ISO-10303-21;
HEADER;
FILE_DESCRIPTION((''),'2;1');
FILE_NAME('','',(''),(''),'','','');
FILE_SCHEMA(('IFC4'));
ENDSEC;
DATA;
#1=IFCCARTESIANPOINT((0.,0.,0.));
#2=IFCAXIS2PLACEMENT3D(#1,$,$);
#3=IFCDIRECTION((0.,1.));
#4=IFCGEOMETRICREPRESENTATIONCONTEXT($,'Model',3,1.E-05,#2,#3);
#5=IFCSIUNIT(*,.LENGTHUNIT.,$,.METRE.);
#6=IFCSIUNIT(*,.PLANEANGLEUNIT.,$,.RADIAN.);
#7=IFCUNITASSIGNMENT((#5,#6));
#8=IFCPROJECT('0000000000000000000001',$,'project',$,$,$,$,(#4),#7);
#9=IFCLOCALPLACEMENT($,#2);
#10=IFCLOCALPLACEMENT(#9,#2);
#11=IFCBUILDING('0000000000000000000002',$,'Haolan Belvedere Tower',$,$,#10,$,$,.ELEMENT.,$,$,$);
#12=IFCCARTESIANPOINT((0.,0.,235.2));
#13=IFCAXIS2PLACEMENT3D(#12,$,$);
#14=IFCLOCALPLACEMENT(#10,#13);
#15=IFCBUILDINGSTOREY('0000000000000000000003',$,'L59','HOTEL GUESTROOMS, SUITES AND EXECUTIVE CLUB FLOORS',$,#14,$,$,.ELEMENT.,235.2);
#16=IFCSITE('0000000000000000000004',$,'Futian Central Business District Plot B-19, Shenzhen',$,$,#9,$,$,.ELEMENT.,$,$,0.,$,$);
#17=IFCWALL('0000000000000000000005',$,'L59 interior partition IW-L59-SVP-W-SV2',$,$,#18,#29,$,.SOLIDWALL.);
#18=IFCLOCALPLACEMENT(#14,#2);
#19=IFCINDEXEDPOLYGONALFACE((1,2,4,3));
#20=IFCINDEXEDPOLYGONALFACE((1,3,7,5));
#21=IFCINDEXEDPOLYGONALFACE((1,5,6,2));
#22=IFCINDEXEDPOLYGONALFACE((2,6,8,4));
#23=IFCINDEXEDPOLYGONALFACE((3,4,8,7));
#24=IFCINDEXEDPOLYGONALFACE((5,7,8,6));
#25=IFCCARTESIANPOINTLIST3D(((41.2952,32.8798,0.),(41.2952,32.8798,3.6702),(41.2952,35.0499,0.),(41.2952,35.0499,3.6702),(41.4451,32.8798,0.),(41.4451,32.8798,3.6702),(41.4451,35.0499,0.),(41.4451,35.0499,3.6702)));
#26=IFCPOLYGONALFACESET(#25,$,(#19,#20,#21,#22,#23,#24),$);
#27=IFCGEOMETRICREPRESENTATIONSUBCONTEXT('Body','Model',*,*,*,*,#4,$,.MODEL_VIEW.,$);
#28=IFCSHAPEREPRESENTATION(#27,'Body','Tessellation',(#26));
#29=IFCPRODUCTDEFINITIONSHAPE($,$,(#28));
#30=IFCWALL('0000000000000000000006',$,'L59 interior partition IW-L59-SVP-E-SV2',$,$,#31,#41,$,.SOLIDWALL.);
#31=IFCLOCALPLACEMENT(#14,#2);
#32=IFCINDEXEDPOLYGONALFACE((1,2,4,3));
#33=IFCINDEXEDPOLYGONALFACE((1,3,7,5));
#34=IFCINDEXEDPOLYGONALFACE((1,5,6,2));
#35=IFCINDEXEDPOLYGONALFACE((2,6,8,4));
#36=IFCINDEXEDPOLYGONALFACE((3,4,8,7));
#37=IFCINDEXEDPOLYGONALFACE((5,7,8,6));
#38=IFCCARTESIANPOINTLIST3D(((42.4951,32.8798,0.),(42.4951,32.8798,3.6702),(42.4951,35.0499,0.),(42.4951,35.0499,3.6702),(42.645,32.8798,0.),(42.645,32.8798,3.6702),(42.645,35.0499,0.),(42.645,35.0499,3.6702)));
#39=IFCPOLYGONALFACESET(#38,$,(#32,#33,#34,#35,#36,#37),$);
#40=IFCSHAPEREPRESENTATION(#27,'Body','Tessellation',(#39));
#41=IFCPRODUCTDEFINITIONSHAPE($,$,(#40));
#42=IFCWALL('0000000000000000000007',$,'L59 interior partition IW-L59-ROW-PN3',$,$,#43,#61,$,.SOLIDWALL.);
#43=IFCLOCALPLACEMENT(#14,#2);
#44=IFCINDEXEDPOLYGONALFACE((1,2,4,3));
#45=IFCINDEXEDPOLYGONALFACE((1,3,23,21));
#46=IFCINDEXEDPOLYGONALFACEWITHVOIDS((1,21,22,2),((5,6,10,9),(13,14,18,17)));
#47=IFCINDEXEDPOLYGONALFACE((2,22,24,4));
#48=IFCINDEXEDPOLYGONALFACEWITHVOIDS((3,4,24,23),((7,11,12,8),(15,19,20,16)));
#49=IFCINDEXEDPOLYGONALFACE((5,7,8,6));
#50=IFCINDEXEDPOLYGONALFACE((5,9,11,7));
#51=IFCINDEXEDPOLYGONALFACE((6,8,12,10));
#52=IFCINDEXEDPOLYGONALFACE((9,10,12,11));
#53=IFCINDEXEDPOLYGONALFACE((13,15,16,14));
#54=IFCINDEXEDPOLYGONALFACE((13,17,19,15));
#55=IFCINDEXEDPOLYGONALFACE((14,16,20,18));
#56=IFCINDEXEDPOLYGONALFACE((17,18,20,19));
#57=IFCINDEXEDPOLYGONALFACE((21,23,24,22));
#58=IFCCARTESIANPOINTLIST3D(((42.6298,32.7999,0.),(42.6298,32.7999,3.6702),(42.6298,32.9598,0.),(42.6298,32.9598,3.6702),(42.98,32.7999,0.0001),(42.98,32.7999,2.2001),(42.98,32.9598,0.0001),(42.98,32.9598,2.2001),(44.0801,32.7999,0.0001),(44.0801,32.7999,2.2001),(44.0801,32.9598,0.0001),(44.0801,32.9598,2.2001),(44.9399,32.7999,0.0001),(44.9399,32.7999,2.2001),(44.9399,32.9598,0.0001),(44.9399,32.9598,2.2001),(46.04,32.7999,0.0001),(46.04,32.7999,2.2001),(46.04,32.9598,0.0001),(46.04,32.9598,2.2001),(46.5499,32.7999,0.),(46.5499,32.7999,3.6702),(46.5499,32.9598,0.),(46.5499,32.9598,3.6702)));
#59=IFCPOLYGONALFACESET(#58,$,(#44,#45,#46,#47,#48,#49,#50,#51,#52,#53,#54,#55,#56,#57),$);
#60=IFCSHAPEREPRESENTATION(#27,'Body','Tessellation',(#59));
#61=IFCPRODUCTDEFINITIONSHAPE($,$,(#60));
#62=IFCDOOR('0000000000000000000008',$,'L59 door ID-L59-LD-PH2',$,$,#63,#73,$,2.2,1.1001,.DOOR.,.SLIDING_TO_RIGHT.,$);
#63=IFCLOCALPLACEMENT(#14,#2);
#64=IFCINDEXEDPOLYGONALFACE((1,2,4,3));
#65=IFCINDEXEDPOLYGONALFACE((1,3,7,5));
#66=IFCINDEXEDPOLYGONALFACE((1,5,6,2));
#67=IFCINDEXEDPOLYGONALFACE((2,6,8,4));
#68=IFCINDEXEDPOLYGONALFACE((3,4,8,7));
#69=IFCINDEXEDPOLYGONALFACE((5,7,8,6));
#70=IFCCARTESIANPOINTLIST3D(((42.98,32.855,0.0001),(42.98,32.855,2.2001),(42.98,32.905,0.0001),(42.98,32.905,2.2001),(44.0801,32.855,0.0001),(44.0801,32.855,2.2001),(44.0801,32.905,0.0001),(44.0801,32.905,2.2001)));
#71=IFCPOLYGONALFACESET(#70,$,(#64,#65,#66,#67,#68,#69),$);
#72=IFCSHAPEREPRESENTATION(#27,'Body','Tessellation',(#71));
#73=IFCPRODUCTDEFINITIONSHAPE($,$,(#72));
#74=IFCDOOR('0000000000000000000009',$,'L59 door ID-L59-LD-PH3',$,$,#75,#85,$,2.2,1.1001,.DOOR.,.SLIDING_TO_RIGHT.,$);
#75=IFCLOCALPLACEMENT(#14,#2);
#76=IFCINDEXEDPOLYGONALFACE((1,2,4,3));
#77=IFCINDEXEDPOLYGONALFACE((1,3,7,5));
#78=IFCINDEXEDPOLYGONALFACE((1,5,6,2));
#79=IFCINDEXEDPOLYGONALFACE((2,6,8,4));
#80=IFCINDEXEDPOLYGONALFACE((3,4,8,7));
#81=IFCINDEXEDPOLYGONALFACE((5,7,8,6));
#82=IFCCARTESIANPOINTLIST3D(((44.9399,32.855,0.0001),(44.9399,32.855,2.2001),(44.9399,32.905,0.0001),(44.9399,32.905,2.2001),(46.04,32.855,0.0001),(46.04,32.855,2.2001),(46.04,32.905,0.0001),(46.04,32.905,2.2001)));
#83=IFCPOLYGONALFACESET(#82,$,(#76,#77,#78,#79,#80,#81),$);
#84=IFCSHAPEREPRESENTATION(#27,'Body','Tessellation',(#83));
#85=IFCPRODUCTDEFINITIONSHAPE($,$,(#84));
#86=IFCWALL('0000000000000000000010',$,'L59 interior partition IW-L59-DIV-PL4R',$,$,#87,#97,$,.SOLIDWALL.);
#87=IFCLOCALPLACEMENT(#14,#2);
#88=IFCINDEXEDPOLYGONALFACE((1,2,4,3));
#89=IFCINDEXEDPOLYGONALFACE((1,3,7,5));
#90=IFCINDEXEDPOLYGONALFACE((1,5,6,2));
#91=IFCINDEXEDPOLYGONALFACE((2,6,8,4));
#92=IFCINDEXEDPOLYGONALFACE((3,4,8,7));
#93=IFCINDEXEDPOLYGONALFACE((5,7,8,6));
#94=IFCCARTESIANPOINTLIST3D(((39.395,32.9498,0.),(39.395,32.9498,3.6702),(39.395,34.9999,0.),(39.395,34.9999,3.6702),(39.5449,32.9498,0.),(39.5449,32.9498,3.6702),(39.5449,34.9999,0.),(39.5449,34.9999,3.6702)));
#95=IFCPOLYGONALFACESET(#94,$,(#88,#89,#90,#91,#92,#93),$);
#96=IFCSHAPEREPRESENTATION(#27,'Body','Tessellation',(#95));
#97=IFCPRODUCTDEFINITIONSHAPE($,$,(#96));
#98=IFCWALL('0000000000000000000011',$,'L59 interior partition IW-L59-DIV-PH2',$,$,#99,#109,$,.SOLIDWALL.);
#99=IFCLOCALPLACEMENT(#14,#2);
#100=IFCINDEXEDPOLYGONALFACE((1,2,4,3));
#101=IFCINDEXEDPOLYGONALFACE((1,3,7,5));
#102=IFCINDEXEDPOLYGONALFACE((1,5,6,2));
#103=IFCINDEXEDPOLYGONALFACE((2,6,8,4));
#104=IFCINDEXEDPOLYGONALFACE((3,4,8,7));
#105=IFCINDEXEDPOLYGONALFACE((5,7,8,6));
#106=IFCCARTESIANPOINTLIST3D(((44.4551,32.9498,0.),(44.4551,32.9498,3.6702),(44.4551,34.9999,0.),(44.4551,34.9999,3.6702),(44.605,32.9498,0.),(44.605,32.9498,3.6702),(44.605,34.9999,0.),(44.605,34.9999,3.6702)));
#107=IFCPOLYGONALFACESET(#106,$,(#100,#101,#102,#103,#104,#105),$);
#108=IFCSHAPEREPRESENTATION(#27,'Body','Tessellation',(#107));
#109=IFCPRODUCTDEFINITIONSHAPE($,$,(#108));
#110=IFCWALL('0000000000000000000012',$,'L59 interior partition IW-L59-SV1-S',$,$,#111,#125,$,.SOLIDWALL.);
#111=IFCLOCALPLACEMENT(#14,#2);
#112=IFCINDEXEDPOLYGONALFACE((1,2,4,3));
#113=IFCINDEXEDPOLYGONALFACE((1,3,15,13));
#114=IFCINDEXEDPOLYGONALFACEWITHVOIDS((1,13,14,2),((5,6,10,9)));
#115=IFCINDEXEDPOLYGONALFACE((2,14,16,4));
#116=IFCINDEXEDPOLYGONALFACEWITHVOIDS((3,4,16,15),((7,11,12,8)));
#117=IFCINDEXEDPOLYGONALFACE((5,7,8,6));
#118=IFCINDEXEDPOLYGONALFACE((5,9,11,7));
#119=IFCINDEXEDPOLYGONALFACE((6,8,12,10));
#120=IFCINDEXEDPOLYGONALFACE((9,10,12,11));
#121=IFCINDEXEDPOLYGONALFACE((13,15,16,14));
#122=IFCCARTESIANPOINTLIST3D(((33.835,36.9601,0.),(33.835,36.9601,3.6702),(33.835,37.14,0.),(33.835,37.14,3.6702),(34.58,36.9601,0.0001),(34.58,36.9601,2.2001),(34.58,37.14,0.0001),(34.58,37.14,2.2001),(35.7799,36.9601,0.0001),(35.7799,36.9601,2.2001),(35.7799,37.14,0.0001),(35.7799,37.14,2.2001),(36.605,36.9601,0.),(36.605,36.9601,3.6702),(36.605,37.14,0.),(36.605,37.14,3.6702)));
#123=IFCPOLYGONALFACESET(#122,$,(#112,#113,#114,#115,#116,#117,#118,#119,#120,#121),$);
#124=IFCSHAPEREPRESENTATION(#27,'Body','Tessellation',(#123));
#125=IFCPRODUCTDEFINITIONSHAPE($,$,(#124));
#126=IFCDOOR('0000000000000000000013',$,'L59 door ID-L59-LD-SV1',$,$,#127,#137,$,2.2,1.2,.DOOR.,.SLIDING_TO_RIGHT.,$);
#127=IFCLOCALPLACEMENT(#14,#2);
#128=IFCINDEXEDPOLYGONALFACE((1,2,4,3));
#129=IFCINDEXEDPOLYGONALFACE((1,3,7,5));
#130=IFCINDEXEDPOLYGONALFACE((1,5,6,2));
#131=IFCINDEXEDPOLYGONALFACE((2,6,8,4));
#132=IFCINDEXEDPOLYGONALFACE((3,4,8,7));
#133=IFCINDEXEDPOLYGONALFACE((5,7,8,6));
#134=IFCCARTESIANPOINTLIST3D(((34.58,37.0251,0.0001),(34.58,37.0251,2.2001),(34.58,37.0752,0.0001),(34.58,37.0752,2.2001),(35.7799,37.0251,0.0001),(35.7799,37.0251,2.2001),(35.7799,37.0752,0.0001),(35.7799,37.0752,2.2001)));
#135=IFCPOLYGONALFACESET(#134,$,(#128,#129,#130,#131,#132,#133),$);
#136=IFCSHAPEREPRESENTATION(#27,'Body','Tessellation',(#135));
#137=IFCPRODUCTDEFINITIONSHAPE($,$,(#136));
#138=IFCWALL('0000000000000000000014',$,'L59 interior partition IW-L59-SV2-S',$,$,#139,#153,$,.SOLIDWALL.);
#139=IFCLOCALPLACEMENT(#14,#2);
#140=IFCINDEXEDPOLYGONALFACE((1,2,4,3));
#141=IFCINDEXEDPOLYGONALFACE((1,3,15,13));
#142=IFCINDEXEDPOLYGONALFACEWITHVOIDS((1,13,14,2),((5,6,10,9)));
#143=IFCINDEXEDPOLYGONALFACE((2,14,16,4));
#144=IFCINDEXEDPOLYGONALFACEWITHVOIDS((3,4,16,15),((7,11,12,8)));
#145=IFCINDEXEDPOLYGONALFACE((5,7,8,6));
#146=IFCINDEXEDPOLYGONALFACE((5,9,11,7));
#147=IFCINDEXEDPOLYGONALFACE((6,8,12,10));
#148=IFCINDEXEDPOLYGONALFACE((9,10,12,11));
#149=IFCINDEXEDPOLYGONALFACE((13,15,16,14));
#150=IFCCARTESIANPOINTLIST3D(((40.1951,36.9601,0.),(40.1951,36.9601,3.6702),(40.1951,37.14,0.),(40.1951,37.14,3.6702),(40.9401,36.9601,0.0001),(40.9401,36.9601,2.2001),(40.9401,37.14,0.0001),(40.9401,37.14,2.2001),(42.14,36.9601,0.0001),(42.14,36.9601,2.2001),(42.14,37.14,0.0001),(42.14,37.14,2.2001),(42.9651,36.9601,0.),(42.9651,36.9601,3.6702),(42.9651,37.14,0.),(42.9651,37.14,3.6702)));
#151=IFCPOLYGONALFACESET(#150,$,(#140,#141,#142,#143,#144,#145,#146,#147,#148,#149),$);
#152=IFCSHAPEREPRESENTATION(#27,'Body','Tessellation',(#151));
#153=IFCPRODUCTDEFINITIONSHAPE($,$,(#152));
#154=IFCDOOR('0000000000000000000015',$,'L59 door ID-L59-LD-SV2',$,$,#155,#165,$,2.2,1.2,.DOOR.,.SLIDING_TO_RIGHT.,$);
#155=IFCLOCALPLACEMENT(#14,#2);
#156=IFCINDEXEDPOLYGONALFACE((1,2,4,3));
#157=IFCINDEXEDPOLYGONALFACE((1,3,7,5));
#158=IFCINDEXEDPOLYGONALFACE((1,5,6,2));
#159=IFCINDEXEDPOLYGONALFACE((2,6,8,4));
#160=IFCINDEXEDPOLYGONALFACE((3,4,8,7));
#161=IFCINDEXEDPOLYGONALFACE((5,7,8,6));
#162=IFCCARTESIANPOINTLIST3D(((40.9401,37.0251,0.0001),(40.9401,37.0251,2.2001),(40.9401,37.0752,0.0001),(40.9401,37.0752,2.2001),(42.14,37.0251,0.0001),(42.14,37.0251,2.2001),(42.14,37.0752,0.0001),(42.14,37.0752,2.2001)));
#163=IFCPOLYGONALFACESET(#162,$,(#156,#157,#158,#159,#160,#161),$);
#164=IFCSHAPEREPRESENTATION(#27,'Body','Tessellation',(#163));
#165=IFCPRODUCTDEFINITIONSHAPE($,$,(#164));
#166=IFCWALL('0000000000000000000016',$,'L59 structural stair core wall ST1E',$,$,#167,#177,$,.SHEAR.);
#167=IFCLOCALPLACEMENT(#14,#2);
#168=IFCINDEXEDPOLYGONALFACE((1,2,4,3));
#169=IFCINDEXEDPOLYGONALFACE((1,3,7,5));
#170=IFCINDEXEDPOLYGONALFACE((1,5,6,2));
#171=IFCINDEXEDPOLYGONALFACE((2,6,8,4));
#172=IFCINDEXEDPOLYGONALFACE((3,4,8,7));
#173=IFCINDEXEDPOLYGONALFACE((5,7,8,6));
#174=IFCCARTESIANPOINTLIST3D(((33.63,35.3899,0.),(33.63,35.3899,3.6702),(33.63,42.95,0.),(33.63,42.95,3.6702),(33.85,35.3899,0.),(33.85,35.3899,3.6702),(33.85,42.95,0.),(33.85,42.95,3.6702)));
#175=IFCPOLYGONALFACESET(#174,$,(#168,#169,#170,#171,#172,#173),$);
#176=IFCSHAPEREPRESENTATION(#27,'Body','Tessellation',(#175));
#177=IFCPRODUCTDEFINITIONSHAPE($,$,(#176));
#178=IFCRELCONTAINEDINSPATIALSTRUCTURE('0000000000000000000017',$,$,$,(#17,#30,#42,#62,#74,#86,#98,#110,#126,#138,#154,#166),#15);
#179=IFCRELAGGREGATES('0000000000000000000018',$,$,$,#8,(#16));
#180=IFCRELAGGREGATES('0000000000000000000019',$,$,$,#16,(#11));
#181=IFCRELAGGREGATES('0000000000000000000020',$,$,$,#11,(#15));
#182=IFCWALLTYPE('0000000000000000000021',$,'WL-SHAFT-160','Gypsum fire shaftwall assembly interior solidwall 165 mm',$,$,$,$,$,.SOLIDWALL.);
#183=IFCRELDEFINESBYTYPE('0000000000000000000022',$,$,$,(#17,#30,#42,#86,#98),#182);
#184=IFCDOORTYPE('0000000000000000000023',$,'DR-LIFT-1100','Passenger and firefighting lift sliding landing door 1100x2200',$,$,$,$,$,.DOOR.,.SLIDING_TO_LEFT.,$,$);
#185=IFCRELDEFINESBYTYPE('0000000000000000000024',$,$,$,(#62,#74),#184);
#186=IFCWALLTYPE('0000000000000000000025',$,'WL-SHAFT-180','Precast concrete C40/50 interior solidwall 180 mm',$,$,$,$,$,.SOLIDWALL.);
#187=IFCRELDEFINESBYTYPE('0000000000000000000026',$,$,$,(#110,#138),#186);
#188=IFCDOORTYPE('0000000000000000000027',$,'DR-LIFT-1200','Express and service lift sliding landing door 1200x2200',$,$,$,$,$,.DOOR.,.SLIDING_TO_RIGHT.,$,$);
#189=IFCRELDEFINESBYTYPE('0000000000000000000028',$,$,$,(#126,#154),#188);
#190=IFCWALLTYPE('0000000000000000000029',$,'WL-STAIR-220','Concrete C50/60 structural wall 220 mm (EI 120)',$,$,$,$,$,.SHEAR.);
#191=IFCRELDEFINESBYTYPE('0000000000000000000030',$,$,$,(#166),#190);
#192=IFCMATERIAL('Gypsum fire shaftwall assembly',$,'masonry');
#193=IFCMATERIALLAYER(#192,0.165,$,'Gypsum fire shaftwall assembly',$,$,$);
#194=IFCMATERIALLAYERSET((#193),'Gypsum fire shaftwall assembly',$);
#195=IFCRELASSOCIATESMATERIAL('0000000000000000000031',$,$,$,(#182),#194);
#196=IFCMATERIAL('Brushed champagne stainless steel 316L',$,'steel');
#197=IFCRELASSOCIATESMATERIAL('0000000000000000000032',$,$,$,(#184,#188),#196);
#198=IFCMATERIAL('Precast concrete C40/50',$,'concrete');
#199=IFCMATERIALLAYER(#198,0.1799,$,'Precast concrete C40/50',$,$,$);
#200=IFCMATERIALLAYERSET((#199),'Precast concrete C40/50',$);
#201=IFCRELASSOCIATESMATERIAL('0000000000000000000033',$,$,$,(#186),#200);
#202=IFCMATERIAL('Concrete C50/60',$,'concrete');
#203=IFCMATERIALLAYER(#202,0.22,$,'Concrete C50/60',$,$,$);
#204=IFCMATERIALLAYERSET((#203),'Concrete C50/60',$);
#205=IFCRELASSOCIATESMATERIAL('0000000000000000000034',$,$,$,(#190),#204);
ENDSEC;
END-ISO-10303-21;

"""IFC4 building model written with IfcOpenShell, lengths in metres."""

from ifc_helpers import new_model, si_unit, direction, frame, frame_2d, origin, place, context, subcontext, project, spatial, rectangle, extrude, material, layer, layer_set, type_object, element, fill, save


model = new_model("IFC4")

# Units and contexts
model_context = context("Model", 3, precision=1e-05, world=origin(), true_north=direction((0.0, 1.0)))
body_context = subcontext(model_context, "Body", "Model", "MODEL_VIEW")
ifc_project = project(units=[si_unit("LENGTHUNIT", "METRE"), si_unit("PLANEANGLEUNIT", "RADIAN")], contexts=[model_context])

# Site, building, storey
site_placement = place(None, origin())
site = spatial("IfcSite", under=ifc_project, at=site_placement, Name="Futian Central Business District Plot B-19, Shenzhen", CompositionType="ELEMENT", RefElevation=0.0)
building_placement = place(site_placement, origin())
building = spatial("IfcBuilding", under=site, at=building_placement, Name="Haolan Belvedere Tower", CompositionType="ELEMENT")
storey_placement = place(building_placement, frame((0.0, 0.0, 235.2)))
storey = spatial("IfcBuildingStorey", under=building, at=storey_placement, Name="L59", Description="HOTEL GUESTROOMS, SUITES AND EXECUTIVE CLUB FLOORS", CompositionType="ELEMENT", Elevation=235.2)

# Walls
ifc_material_1 = material(Name="Gypsum fire shaftwall assembly", Category="masonry")
ifc_layer_1 = layer(ifc_material_1, 0.165, Name="Gypsum fire shaftwall assembly")
ifc_layer_set_1 = layer_set([ifc_layer_1], Name="Gypsum fire shaftwall assembly")
wall_type_1 = type_object("IfcWallType", Name="WL-SHAFT-160", Description="Gypsum fire shaftwall assembly interior solidwall 165 mm", PredefinedType="SOLIDWALL", material=ifc_layer_set_1)
for number, where, z_axis, x_axis, name in (
    (1, (41.3701, 32.8799, 0.0), (0.0, 0.0, 1.0), (0.0, 1.0, 0.0), "L59 interior partition IW-L59-SVP-W-SV2"),
    (2, (42.5701, 32.8799, 0.0), (0.0, 0.0, 1.0), (0.0, 1.0, 0.0), "L59 interior partition IW-L59-SVP-E-SV2"),
):
    element("IfcWall", number, at=place(storey_placement, frame(where, z_axis=z_axis, x_axis=x_axis)), inside=storey, type_object=wall_type_1, Name=name, PredefinedType="SOLIDWALL", context=body_context, shape_type="SweptSolid", body=[
        extrude(rectangle(XDim=2.1702, YDim=0.1499, at=frame_2d((1.085, 0.0))), origin(), (0.0, 0.0, 1.0), 3.6702),
    ])

# Wall, openings, doors
wall_1_placement = place(storey_placement, frame((42.6299, 32.8799, 0.0), z_axis=(0.0, 0.0, 1.0), x_axis=(1.0, 0.0, 0.0)))
wall_1 = element("IfcWall", 3, at=wall_1_placement, inside=storey, type_object=wall_type_1, Name="L59 interior partition IW-L59-ROW-PN3", PredefinedType="SOLIDWALL", context=body_context, shape_type="SweptSolid", body=[
    extrude(rectangle(XDim=3.9202, YDim=0.1599, at=frame_2d((1.96, 0.0))), origin(), (0.0, 0.0, 1.0), 3.6702),
])
opening_1_placement = place(wall_1_placement, frame((1.4502, 0.0, 0.0), z_axis=(0.0, 0.0, 1.0), x_axis=(-1.0, 0.0, 0.0)))
opening_1 = element("IfcOpeningElement", 4, at=opening_1_placement, cuts=wall_1, PredefinedType="OPENING", context=body_context, shape_type="SweptSolid", body=[
    extrude(rectangle(XDim=1.1001, YDim=2.2, at=frame_2d((0.55, 1.1001))), frame((0.0, 0.0898, 0.0), z_axis=(0.0, -1.0, 0.0), x_axis=(1.0, 0.0, 0.0)), (0.0, 0.0, 1.0), 0.1799),
])
opening_2_placement = place(wall_1_placement, frame((3.4102, 0.0, 0.0), z_axis=(0.0, 0.0, 1.0), x_axis=(-1.0, 0.0, 0.0)))
opening_2 = element("IfcOpeningElement", 5, at=opening_2_placement, cuts=wall_1, PredefinedType="OPENING", context=body_context, shape_type="SweptSolid", body=[
    extrude(rectangle(XDim=1.1001, YDim=2.2, at=frame_2d((0.55, 1.1001))), frame((0.0, 0.0898, 0.0), z_axis=(0.0, -1.0, 0.0), x_axis=(1.0, 0.0, 0.0)), (0.0, 0.0, 1.0), 0.1799),
])
ifc_material_2 = material(Name="Brushed champagne stainless steel 316L", Category="steel")
door_type_1 = type_object("IfcDoorType", Name="DR-LIFT-1100", Description="Passenger and firefighting lift sliding landing door 1100x2200", OperationType="SLIDING_TO_LEFT", PredefinedType="DOOR", material=ifc_material_2)
door_1_placement = place(opening_1_placement, origin())
door_1 = element("IfcDoor", 6, at=door_1_placement, inside=storey, type_object=door_type_1, Name="L59 door ID-L59-LD-PH2", OperationType="SLIDING_TO_RIGHT", OverallHeight=2.2, OverallWidth=1.1001, PredefinedType="DOOR", context=body_context, shape_type="SweptSolid", body=[
    extrude(rectangle(XDim=1.1001, YDim=2.2, at=frame_2d((0.55, 1.1001))), frame((0.0, 0.0249, 0.0), z_axis=(0.0, -1.0, 0.0), x_axis=(1.0, 0.0, 0.0)), (0.0, 0.0, 1.0), 0.05),
])
fill(opening_1, door_1)
door_2_placement = place(opening_2_placement, origin())
door_2 = element("IfcDoor", 7, at=door_2_placement, inside=storey, type_object=door_type_1, Name="L59 door ID-L59-LD-PH3", OperationType="SLIDING_TO_RIGHT", OverallHeight=2.2, OverallWidth=1.1001, PredefinedType="DOOR", context=body_context, shape_type="SweptSolid", body=[
    extrude(rectangle(XDim=1.1001, YDim=2.2, at=frame_2d((0.55, 1.1001))), frame((0.0, 0.0249, 0.0), z_axis=(0.0, -1.0, 0.0), x_axis=(1.0, 0.0, 0.0)), (0.0, 0.0, 1.0), 0.05),
])
fill(opening_2, door_2)

# Walls
for number, where, z_axis, x_axis, name in (
    (8, (39.47, 32.95, 0.0), (0.0, 0.0, 1.0), (0.0, 1.0, 0.0), "L59 interior partition IW-L59-DIV-PL4R"),
    (9, (44.53, 32.95, 0.0), (0.0, 0.0, 1.0), (0.0, 1.0, 0.0), "L59 interior partition IW-L59-DIV-PH2"),
):
    element("IfcWall", number, at=place(storey_placement, frame(where, z_axis=z_axis, x_axis=x_axis)), inside=storey, type_object=wall_type_1, Name=name, PredefinedType="SOLIDWALL", context=body_context, shape_type="SweptSolid", body=[
        extrude(rectangle(XDim=2.05, YDim=0.1499, at=frame_2d((1.0249, 0.0))), origin(), (0.0, 0.0, 1.0), 3.6702),
    ])

# Walls, openings, doors
ifc_material_3 = material(Name="Precast concrete C40/50", Category="concrete")
ifc_layer_2 = layer(ifc_material_3, 0.1799, Name="Precast concrete C40/50")
ifc_layer_set_2 = layer_set([ifc_layer_2], Name="Precast concrete C40/50")
wall_type_2 = type_object("IfcWallType", Name="WL-SHAFT-180", Description="Precast concrete C40/50 interior solidwall 180 mm", PredefinedType="SOLIDWALL", material=ifc_layer_set_2)
wall_2_placement = place(storey_placement, frame((33.835, 37.05, 0.0), z_axis=(0.0, 0.0, 1.0), x_axis=(1.0, 0.0, 0.0)))
wall_2 = element("IfcWall", 10, at=wall_2_placement, inside=storey, type_object=wall_type_2, Name="L59 interior partition IW-L59-SV1-S", PredefinedType="SOLIDWALL", context=body_context, shape_type="SweptSolid", body=[
    extrude(rectangle(XDim=2.77, YDim=0.1799, at=frame_2d((1.385, 0.0))), origin(), (0.0, 0.0, 1.0), 3.6702),
])
opening_3_placement = place(wall_2_placement, frame((1.9451, 0.0, 0.0), z_axis=(0.0, 0.0, 1.0), x_axis=(-1.0, 0.0, 0.0)))
opening_3 = element("IfcOpeningElement", 11, at=opening_3_placement, cuts=wall_2, PredefinedType="OPENING", context=body_context, shape_type="SweptSolid", body=[
    extrude(rectangle(XDim=1.2, YDim=2.2, at=frame_2d((0.6001, 1.1001))), frame((0.0, 0.0999, 0.0), z_axis=(0.0, -1.0, 0.0), x_axis=(1.0, 0.0, 0.0)), (0.0, 0.0, 1.0), 0.2),
])
door_type_2 = type_object("IfcDoorType", Name="DR-LIFT-1200", Description="Express and service lift sliding landing door 1200x2200", OperationType="SLIDING_TO_RIGHT", PredefinedType="DOOR", material=ifc_material_2)
door_3_placement = place(opening_3_placement, origin())
door_3 = element("IfcDoor", 12, at=door_3_placement, inside=storey, type_object=door_type_2, Name="L59 door ID-L59-LD-SV1", OperationType="SLIDING_TO_RIGHT", OverallHeight=2.2, OverallWidth=1.2, PredefinedType="DOOR", context=body_context, shape_type="SweptSolid", body=[
    extrude(rectangle(XDim=1.2, YDim=2.2, at=frame_2d((0.6001, 1.1001))), frame((0.0, 0.0249, 0.0), z_axis=(0.0, -1.0, 0.0), x_axis=(1.0, 0.0, 0.0)), (0.0, 0.0, 1.0), 0.05),
])
fill(opening_3, door_3)
wall_3_placement = place(storey_placement, frame((40.1951, 37.05, 0.0), z_axis=(0.0, 0.0, 1.0), x_axis=(1.0, 0.0, 0.0)))
wall_3 = element("IfcWall", 13, at=wall_3_placement, inside=storey, type_object=wall_type_2, Name="L59 interior partition IW-L59-SV2-S", PredefinedType="SOLIDWALL", context=body_context, shape_type="SweptSolid", body=[
    extrude(rectangle(XDim=2.77, YDim=0.1799, at=frame_2d((1.385, 0.0))), origin(), (0.0, 0.0, 1.0), 3.6702),
])
opening_4_placement = place(wall_3_placement, frame((1.9451, 0.0, 0.0), z_axis=(0.0, 0.0, 1.0), x_axis=(-1.0, 0.0, 0.0)))
opening_4 = element("IfcOpeningElement", 14, at=opening_4_placement, cuts=wall_3, PredefinedType="OPENING", context=body_context, shape_type="SweptSolid", body=[
    extrude(rectangle(XDim=1.2, YDim=2.2, at=frame_2d((0.6001, 1.1001))), frame((0.0, 0.0999, 0.0), z_axis=(0.0, -1.0, 0.0), x_axis=(1.0, 0.0, 0.0)), (0.0, 0.0, 1.0), 0.2),
])
door_4_placement = place(opening_4_placement, origin())
door_4 = element("IfcDoor", 15, at=door_4_placement, inside=storey, type_object=door_type_2, Name="L59 door ID-L59-LD-SV2", OperationType="SLIDING_TO_RIGHT", OverallHeight=2.2, OverallWidth=1.2, PredefinedType="DOOR", context=body_context, shape_type="SweptSolid", body=[
    extrude(rectangle(XDim=1.2, YDim=2.2, at=frame_2d((0.6001, 1.1001))), frame((0.0, 0.0249, 0.0), z_axis=(0.0, -1.0, 0.0), x_axis=(1.0, 0.0, 0.0)), (0.0, 0.0, 1.0), 0.05),
])
fill(opening_4, door_4)

# Wall
ifc_material_4 = material(Name="Concrete C50/60", Category="concrete")
ifc_layer_3 = layer(ifc_material_4, 0.22, Name="Concrete C50/60")
ifc_layer_set_3 = layer_set([ifc_layer_3], Name="Concrete C50/60")
wall_type_3 = type_object("IfcWallType", Name="WL-STAIR-220", Description="Concrete C50/60 structural wall 220 mm (EI 120)", PredefinedType="SHEAR", material=ifc_layer_set_3)
for number, where, z_axis, x_axis, name in (
    (16, (33.74, 35.3899, 0.0), (0.0, 0.0, 1.0), (0.0, 1.0, 0.0), "L59 structural stair core wall ST1E"),
):
    element("IfcWall", number, at=place(storey_placement, frame(where, z_axis=z_axis, x_axis=x_axis)), inside=storey, type_object=wall_type_3, Name=name, PredefinedType="SHEAR", context=body_context, shape_type="SweptSolid", body=[
        extrude(rectangle(XDim=7.5601, YDim=0.22, at=frame_2d((3.78, 0.0))), origin(), (0.0, 0.0, 1.0), 3.6702),
    ])

save(model, "model.ifc")
